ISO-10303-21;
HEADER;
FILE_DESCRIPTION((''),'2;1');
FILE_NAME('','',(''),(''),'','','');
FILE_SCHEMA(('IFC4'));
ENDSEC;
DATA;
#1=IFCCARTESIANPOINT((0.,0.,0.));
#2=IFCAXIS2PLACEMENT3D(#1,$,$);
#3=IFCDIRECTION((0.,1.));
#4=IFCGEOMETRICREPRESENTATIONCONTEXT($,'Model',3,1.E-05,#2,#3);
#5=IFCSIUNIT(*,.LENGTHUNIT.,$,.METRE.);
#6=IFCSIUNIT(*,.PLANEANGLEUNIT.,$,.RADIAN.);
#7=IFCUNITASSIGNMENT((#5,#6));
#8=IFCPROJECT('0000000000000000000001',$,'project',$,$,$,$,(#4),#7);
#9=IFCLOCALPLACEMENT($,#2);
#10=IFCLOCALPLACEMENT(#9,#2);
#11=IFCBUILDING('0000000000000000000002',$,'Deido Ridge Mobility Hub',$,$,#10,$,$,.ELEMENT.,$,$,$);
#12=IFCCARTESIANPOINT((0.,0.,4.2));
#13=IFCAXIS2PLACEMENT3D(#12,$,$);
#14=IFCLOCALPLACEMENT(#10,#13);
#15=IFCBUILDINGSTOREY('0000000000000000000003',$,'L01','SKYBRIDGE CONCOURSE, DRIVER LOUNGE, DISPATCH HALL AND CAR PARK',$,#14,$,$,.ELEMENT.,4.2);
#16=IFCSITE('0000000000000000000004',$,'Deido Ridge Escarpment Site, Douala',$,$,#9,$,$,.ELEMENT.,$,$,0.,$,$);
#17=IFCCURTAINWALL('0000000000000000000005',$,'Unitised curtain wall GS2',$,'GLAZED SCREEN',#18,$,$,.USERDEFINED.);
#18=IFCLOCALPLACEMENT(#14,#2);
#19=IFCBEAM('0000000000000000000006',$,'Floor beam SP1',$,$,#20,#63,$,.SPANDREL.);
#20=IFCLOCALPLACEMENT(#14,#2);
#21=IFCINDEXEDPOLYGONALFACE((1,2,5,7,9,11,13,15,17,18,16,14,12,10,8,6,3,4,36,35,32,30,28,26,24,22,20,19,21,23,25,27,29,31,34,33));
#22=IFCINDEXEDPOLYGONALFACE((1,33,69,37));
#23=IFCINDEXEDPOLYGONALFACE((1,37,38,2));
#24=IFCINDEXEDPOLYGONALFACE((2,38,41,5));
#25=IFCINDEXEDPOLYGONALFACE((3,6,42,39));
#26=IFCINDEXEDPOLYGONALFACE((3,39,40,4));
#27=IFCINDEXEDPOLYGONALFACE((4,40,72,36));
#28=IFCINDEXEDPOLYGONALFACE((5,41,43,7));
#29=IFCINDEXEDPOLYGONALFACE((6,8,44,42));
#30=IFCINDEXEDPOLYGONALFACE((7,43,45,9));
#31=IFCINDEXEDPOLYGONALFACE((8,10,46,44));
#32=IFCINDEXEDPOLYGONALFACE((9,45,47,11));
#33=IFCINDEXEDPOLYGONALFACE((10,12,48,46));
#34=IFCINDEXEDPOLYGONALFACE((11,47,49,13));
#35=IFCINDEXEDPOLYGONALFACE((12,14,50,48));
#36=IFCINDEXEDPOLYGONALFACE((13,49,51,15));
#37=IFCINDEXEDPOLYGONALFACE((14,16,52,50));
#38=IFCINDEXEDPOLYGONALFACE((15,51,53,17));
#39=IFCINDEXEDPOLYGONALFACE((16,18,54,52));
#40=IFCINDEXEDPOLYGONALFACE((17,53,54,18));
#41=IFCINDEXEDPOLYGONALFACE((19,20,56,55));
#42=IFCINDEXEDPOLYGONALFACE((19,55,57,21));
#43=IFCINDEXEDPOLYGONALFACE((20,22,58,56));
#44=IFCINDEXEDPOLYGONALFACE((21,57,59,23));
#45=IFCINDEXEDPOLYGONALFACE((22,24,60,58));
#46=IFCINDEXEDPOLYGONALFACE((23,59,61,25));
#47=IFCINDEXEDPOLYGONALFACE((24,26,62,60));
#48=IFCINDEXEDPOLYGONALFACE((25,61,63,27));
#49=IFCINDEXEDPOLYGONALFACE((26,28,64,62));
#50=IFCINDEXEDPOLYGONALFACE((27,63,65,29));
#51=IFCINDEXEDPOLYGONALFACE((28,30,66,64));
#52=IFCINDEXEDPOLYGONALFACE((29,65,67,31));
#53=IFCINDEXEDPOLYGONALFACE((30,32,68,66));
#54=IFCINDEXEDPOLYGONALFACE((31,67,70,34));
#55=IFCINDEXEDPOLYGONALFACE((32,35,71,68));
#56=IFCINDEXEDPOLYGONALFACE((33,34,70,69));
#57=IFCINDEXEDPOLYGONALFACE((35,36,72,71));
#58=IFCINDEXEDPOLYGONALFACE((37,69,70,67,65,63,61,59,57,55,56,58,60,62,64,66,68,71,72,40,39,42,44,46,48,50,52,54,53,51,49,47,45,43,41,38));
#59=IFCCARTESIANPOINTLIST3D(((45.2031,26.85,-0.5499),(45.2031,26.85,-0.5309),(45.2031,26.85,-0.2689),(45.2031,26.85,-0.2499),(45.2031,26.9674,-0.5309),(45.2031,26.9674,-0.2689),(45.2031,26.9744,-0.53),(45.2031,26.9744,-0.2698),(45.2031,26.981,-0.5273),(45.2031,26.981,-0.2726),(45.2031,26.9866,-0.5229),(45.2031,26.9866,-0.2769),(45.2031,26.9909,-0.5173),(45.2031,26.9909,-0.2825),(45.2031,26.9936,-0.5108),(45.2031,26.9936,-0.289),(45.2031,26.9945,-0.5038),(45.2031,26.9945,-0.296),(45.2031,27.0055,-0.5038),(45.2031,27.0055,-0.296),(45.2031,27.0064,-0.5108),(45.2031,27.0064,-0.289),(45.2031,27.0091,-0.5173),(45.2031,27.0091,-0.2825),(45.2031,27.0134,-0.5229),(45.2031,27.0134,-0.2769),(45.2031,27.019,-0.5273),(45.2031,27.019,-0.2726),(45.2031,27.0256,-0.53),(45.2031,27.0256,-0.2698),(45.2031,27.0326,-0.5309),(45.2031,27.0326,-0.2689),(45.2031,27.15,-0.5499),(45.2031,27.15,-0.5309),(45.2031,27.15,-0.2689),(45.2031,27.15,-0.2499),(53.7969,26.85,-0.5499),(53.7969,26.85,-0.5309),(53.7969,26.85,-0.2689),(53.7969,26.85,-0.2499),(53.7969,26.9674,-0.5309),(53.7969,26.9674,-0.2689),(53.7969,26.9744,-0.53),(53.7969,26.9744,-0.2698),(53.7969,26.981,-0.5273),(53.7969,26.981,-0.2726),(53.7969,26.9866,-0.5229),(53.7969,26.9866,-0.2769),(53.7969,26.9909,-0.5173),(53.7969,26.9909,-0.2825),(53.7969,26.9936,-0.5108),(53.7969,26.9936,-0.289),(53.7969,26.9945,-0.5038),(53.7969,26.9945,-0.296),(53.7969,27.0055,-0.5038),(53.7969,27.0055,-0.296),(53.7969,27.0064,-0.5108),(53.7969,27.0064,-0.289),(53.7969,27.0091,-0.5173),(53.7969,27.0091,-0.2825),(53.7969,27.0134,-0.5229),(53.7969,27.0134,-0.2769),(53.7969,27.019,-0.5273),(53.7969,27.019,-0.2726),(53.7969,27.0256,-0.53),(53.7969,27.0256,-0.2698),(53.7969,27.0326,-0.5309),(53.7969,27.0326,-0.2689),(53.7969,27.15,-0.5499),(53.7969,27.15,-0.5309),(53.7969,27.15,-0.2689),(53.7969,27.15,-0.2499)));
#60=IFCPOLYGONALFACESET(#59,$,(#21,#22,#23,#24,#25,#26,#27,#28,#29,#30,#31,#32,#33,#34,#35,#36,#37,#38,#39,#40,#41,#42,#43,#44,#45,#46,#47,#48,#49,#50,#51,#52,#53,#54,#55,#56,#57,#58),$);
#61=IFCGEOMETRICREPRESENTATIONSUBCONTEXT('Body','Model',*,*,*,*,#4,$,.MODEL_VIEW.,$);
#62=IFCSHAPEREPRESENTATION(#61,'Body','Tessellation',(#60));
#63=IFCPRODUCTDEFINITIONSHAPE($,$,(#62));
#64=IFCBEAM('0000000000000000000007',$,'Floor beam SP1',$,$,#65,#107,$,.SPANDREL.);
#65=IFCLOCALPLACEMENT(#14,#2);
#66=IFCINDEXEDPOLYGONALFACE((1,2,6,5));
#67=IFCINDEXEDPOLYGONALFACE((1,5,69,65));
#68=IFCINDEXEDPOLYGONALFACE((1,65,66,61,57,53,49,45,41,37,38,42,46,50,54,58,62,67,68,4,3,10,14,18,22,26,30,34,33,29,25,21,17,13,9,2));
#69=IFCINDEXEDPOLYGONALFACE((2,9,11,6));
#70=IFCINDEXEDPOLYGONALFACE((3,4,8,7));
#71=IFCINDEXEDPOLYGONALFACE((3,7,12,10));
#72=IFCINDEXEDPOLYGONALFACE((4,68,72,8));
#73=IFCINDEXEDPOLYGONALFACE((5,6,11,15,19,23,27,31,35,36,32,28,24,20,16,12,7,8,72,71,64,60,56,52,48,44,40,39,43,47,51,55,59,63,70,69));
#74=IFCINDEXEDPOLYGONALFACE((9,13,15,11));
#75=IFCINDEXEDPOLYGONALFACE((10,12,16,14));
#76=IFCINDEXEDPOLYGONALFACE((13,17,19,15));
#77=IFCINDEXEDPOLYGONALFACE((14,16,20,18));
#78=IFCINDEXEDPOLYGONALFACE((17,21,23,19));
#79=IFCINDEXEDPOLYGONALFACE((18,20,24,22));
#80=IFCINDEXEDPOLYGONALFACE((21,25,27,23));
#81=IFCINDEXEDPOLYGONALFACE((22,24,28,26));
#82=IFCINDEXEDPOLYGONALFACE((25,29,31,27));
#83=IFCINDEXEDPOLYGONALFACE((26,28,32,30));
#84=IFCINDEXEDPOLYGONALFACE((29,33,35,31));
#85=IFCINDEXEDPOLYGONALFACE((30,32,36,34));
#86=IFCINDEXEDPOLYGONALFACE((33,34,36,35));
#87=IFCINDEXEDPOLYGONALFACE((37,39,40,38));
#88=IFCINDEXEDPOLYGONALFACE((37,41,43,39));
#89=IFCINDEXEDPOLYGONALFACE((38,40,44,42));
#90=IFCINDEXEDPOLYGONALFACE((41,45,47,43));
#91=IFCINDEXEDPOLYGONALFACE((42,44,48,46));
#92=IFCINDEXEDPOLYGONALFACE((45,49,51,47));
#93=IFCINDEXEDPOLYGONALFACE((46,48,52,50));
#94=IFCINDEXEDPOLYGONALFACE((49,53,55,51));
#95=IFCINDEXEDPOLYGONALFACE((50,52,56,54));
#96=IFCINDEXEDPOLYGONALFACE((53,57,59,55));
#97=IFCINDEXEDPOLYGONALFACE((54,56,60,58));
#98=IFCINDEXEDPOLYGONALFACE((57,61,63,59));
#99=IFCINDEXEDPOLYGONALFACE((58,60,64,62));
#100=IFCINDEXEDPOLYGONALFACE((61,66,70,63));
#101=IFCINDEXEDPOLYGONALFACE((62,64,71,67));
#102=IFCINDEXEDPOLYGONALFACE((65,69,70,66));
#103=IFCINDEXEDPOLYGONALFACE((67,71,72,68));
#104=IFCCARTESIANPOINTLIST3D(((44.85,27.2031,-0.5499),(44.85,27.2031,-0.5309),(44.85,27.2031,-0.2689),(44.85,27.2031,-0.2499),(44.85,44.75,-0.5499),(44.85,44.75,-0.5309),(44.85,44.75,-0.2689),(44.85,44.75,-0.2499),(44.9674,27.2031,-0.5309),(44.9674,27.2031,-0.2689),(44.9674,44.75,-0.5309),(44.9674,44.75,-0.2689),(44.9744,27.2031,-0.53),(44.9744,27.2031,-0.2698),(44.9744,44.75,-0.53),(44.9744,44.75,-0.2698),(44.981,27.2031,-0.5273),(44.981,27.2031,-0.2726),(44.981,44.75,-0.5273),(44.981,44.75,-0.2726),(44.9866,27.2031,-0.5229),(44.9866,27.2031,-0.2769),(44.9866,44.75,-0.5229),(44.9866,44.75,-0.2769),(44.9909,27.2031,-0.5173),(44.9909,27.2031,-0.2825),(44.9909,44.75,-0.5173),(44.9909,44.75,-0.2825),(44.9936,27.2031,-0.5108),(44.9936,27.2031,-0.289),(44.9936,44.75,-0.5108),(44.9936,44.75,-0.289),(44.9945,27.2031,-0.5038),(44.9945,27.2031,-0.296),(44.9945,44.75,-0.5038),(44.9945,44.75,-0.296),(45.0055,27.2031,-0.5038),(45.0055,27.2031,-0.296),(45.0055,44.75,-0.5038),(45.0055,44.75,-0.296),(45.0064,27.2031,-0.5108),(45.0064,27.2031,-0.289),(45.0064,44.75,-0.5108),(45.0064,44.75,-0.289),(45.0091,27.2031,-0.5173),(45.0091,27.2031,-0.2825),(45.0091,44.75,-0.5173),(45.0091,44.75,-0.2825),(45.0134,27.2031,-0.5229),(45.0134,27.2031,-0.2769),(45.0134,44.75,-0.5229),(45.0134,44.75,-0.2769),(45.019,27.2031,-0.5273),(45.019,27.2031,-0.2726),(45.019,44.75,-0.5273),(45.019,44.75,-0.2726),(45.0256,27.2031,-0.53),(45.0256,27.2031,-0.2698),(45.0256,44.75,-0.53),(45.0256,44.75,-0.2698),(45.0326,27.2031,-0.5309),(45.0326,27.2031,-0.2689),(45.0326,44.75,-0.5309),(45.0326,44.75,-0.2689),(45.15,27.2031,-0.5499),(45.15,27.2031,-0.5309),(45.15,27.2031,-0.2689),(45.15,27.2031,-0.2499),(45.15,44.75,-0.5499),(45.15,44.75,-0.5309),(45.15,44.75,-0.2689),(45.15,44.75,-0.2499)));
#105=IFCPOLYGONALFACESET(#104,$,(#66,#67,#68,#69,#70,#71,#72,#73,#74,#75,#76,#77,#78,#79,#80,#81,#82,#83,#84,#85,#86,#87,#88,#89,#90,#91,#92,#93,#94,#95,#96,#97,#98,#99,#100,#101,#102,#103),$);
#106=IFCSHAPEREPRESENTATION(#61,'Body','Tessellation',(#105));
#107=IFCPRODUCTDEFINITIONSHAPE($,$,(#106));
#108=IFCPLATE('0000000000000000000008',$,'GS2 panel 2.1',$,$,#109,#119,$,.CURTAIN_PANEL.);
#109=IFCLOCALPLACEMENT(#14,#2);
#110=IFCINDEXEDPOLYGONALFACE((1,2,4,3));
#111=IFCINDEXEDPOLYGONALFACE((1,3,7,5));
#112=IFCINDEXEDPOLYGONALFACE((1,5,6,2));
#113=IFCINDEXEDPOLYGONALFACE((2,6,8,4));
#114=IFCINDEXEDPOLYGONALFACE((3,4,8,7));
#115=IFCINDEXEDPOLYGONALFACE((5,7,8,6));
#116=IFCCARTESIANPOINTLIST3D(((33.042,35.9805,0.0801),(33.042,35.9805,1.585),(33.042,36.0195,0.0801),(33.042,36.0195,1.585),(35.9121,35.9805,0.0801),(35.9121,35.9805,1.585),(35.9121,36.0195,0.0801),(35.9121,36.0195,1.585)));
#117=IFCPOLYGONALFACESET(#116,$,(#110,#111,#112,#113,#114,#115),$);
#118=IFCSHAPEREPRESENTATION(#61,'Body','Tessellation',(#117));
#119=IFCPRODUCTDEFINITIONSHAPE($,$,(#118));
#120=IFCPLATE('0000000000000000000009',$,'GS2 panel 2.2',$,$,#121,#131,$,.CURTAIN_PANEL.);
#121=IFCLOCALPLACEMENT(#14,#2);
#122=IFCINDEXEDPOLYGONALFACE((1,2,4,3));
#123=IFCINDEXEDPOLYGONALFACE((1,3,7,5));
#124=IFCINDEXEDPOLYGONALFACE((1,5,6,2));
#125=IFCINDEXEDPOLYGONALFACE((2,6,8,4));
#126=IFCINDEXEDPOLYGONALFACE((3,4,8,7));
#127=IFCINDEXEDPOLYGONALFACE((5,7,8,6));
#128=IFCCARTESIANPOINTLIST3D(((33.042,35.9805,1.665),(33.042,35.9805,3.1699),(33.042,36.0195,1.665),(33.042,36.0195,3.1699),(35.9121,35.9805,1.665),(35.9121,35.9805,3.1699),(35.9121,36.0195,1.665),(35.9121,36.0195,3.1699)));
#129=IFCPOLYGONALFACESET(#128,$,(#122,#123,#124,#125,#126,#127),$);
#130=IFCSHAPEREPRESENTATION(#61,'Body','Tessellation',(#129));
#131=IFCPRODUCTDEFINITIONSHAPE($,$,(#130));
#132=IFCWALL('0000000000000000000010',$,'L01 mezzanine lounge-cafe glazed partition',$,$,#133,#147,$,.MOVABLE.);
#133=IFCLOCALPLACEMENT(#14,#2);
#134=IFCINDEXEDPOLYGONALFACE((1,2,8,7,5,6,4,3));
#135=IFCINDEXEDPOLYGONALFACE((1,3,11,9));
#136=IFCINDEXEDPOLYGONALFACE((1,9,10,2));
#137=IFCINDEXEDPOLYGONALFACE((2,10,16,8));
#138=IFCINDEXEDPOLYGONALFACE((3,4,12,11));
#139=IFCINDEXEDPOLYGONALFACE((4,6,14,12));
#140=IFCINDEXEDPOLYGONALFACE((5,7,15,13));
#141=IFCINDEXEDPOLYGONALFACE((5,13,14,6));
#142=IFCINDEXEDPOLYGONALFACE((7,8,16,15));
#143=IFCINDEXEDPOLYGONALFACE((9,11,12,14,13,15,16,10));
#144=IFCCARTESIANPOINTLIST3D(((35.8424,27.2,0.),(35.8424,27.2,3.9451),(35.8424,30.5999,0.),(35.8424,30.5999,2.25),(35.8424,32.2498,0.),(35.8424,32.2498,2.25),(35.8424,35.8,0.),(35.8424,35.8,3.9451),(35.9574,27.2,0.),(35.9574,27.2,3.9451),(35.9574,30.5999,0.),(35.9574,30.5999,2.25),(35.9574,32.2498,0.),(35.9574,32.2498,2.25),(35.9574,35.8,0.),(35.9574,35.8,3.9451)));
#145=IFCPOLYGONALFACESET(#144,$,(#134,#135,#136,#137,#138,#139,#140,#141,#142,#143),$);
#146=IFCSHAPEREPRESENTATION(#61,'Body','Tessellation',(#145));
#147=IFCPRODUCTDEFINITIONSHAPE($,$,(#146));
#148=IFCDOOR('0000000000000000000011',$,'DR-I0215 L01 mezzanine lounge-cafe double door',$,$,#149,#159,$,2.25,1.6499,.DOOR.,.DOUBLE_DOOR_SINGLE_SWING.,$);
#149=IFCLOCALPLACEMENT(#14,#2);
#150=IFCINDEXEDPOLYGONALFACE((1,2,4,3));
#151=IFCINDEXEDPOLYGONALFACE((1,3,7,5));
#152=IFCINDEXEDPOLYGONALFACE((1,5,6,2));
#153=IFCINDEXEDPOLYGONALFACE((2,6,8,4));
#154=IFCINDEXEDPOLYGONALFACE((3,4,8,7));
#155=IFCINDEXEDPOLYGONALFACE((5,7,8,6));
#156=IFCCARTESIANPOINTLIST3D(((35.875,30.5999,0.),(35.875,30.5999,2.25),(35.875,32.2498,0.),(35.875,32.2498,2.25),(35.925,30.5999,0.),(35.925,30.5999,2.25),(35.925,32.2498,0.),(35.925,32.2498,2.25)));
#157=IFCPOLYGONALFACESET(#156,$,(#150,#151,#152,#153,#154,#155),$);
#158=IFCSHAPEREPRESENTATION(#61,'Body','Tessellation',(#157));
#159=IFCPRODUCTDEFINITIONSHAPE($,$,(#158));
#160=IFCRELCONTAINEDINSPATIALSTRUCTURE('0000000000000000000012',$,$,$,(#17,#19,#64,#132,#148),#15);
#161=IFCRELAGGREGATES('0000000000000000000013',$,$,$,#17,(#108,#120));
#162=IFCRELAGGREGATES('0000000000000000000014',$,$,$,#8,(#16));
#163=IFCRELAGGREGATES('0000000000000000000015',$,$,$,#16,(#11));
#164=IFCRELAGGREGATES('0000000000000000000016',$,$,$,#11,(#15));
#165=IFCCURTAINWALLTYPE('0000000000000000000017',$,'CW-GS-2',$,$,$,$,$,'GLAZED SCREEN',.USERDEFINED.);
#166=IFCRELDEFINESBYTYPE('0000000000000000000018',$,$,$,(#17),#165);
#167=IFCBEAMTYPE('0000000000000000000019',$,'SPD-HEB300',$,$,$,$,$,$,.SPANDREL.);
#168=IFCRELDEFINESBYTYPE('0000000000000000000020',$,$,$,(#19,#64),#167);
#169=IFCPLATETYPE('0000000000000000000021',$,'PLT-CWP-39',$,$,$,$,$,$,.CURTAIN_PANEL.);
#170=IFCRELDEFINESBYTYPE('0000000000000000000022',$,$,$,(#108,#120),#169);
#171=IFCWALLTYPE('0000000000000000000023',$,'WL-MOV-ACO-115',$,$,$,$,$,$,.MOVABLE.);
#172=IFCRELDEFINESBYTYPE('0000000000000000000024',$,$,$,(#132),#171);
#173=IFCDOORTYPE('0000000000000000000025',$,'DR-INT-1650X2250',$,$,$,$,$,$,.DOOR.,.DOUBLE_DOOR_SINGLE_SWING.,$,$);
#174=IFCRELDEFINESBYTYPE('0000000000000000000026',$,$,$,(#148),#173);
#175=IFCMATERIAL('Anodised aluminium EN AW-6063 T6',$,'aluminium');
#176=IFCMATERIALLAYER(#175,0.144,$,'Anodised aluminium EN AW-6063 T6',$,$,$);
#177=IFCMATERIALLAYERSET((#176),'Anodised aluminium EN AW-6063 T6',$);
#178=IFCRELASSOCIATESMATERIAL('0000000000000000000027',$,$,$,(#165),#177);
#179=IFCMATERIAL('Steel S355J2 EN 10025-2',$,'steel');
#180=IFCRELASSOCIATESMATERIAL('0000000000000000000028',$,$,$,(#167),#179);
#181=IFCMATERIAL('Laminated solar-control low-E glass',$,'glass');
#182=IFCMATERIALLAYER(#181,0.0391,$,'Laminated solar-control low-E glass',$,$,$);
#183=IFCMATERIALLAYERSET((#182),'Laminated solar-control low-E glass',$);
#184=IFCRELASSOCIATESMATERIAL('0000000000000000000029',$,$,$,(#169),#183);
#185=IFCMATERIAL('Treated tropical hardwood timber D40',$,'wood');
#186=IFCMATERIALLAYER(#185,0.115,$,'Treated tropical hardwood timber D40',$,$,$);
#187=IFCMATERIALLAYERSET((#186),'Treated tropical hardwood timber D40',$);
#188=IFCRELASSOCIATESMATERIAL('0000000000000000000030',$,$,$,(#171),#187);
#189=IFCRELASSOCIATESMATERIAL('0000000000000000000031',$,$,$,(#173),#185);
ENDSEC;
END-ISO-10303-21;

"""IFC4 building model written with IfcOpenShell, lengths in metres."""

from ifc_helpers import new_model, si_unit, direction, frame, frame_2d, origin, origin_2d, place, context, subcontext, project, spatial, rectangle, i_section, extrude, material, layer, layer_set, material_profile, profile_set, type_object, element, fill, aggregate, save


model = new_model("IFC4")

# Units and contexts
model_context = context("Model", 3, precision=1e-05, world=origin(), true_north=direction((0.0, 1.0)))
body_context = subcontext(model_context, "Body", "Model", "MODEL_VIEW")
ifc_project = project(units=[si_unit("LENGTHUNIT", "METRE"), si_unit("PLANEANGLEUNIT", "RADIAN")], contexts=[model_context])

# Site, building, storey
site_placement = place(None, origin())
site = spatial("IfcSite", under=ifc_project, at=site_placement, Name="Deido Ridge Escarpment Site, Douala", CompositionType="ELEMENT", RefElevation=0.0)
building_placement = place(site_placement, origin())
building = spatial("IfcBuilding", under=site, at=building_placement, Name="Deido Ridge Mobility Hub", CompositionType="ELEMENT")
storey_placement = place(building_placement, frame((0.0, 0.0, 4.2)))
storey = spatial("IfcBuildingStorey", under=building, at=storey_placement, Name="L01", Description="SKYBRIDGE CONCOURSE, DRIVER LOUNGE, DISPATCH HALL AND CAR PARK", CompositionType="ELEMENT", Elevation=4.2)

# Shared definitions
ifc_material_1 = material(Name="Steel S355J2 EN 10025-2", Category="steel")

# Curtain wall
ifc_material_2 = material(Name="Anodised aluminium EN AW-6063 T6", Category="aluminium")
ifc_layer_1 = layer(ifc_material_2, 0.144, Name="Anodised aluminium EN AW-6063 T6")
ifc_layer_set_1 = layer_set([ifc_layer_1], Name="Anodised aluminium EN AW-6063 T6")
curtain_wall_type = type_object("IfcCurtainWallType", Name="CW-GS-2", ElementType="GLAZED SCREEN", PredefinedType="USERDEFINED", material=ifc_layer_set_1)
curtain_wall_placement = place(storey_placement, origin())
curtain_wall = element("IfcCurtainWall", 1, at=curtain_wall_placement, inside=storey, type_object=curtain_wall_type, Name="Unitised curtain wall GS2", ObjectType="GLAZED SCREEN", PredefinedType="USERDEFINED")

# Beams
ifc_material_profile_1 = material_profile(ifc_material_1, i_section(OverallWidth=0.3, OverallDepth=0.3, WebThickness=0.011, FlangeThickness=0.019, FilletRadius=0.0271, at=origin_2d()), Name="HEB 300")
ifc_profile_set_1 = profile_set([ifc_material_profile_1], Name="Steel S355J2 EN 10025-2")
beam_type_1 = type_object("IfcBeamType", Name="SPD-HEB300", PredefinedType="SPANDREL", material=ifc_profile_set_1)
for number, where, z_axis, x_axis, name in (
    (2, (45.2031, 27.0, -0.3999), (1.0, 0.0, 0.0), (0.0, 1.0, 0.0), "Floor beam SP1"),
):
    element("IfcBeam", number, at=place(storey_placement, frame(where, z_axis=z_axis, x_axis=x_axis)), inside=storey, type_object=beam_type_1, Name=name, PredefinedType="SPANDREL", context=body_context, shape_type="SweptSolid", body=[
        extrude(i_section(OverallWidth=0.3, OverallDepth=0.3, WebThickness=0.011, FlangeThickness=0.019, FilletRadius=0.0271, at=origin_2d()), origin(), (0.0, 0.0, 1.0), 8.5938),
    ])
beam_1_placement = place(storey_placement, frame((45.0, 27.2031, -0.3999), z_axis=(0.0, 1.0, 0.0), x_axis=(-1.0, 0.0, 0.0)))
element("IfcBeam", 3, at=beam_1_placement, inside=storey, type_object=beam_type_1, Name="Floor beam SP1", PredefinedType="SPANDREL", context=body_context, shape_type="SweptSolid", body=[
    extrude(i_section(OverallWidth=0.3, OverallDepth=0.3, WebThickness=0.011, FlangeThickness=0.019, FilletRadius=0.0271, at=origin_2d()), origin(), (0.0, 0.0, 1.0), 17.5469),
])

# Plates
ifc_material_3 = material(Name="Laminated solar-control low-E glass", Category="glass")
ifc_layer_2 = layer(ifc_material_3, 0.0391, Name="Laminated solar-control low-E glass")
ifc_layer_set_2 = layer_set([ifc_layer_2], Name="Laminated solar-control low-E glass")
plate_type = type_object("IfcPlateType", Name="PLT-CWP-39", PredefinedType="CURTAIN_PANEL", material=ifc_layer_set_2)
plate_1_placement = place(storey_placement, frame((34.4771, 36.0, 0.0801), z_axis=(0.0, 0.0, 1.0), x_axis=(1.0, 0.0, 0.0)))
plate_1 = element("IfcPlate", 4, at=plate_1_placement, type_object=plate_type, Name="GS2 panel 2.1", PredefinedType="CURTAIN_PANEL", context=body_context, shape_type="SweptSolid", body=[
    extrude(rectangle(XDim=2.8701, YDim=0.0391, at=origin_2d()), origin(), (0.0, 0.0, 1.0), 1.5049),
])
plate_2_placement = place(storey_placement, frame((34.4771, 36.0, 1.665), z_axis=(0.0, 0.0, 1.0), x_axis=(1.0, 0.0, 0.0)))
plate_2 = element("IfcPlate", 5, at=plate_2_placement, type_object=plate_type, Name="GS2 panel 2.2", PredefinedType="CURTAIN_PANEL", context=body_context, shape_type="SweptSolid", body=[
    extrude(rectangle(XDim=2.8701, YDim=0.0391, at=origin_2d()), origin(), (0.0, 0.0, 1.0), 1.5049),
])
aggregate(curtain_wall, [plate_1, plate_2])

# Wall, opening, door
ifc_material_4 = material(Name="Treated tropical hardwood timber D40", Category="wood")
ifc_layer_3 = layer(ifc_material_4, 0.115, Name="Treated tropical hardwood timber D40")
ifc_layer_set_3 = layer_set([ifc_layer_3], Name="Treated tropical hardwood timber D40")
wall_type = type_object("IfcWallType", Name="WL-MOV-ACO-115", PredefinedType="MOVABLE", material=ifc_layer_set_3)
wall_placement = place(storey_placement, frame((35.8999, 27.2, 0.0), z_axis=(0.0, 0.0, 1.0), x_axis=(0.0, 1.0, 0.0)))
wall = element("IfcWall", 6, at=wall_placement, inside=storey, type_object=wall_type, Name="L01 mezzanine lounge-cafe glazed partition", PredefinedType="MOVABLE", context=body_context, shape_type="SweptSolid", body=[
    extrude(rectangle(XDim=8.6001, YDim=0.115, at=frame_2d((4.3, 0.0))), origin(), (0.0, 0.0, 1.0), 3.9451),
])
opening_placement = place(wall_placement, frame((3.3999, 0.0, 0.0)))
opening = element("IfcOpeningElement", 7, at=opening_placement, cuts=wall, PredefinedType="OPENING", context=body_context, shape_type="SweptSolid", body=[
    extrude(rectangle(XDim=1.6499, YDim=2.25, at=frame_2d((0.825, 1.125))), frame((0.0, 0.0674, 0.0), z_axis=(0.0, -1.0, 0.0), x_axis=(1.0, 0.0, 0.0)), (0.0, 0.0, 1.0), 0.135),
])
door_type = type_object("IfcDoorType", Name="DR-INT-1650X2250", OperationType="DOUBLE_DOOR_SINGLE_SWING", PredefinedType="DOOR", material=ifc_material_4)
door_placement = place(opening_placement, origin())
door = element("IfcDoor", 8, at=door_placement, inside=storey, type_object=door_type, Name="DR-I0215 L01 mezzanine lounge-cafe double door", OperationType="DOUBLE_DOOR_SINGLE_SWING", OverallHeight=2.25, OverallWidth=1.6499, PredefinedType="DOOR", context=body_context, shape_type="SweptSolid", body=[
    extrude(rectangle(XDim=1.6499, YDim=2.25, at=frame_2d((0.825, 1.125))), frame((0.0, 0.0249, 0.0), z_axis=(0.0, -1.0, 0.0), x_axis=(1.0, 0.0, 0.0)), (0.0, 0.0, 1.0), 0.05),
])
fill(opening, door)

save(model, "model.ifc")
